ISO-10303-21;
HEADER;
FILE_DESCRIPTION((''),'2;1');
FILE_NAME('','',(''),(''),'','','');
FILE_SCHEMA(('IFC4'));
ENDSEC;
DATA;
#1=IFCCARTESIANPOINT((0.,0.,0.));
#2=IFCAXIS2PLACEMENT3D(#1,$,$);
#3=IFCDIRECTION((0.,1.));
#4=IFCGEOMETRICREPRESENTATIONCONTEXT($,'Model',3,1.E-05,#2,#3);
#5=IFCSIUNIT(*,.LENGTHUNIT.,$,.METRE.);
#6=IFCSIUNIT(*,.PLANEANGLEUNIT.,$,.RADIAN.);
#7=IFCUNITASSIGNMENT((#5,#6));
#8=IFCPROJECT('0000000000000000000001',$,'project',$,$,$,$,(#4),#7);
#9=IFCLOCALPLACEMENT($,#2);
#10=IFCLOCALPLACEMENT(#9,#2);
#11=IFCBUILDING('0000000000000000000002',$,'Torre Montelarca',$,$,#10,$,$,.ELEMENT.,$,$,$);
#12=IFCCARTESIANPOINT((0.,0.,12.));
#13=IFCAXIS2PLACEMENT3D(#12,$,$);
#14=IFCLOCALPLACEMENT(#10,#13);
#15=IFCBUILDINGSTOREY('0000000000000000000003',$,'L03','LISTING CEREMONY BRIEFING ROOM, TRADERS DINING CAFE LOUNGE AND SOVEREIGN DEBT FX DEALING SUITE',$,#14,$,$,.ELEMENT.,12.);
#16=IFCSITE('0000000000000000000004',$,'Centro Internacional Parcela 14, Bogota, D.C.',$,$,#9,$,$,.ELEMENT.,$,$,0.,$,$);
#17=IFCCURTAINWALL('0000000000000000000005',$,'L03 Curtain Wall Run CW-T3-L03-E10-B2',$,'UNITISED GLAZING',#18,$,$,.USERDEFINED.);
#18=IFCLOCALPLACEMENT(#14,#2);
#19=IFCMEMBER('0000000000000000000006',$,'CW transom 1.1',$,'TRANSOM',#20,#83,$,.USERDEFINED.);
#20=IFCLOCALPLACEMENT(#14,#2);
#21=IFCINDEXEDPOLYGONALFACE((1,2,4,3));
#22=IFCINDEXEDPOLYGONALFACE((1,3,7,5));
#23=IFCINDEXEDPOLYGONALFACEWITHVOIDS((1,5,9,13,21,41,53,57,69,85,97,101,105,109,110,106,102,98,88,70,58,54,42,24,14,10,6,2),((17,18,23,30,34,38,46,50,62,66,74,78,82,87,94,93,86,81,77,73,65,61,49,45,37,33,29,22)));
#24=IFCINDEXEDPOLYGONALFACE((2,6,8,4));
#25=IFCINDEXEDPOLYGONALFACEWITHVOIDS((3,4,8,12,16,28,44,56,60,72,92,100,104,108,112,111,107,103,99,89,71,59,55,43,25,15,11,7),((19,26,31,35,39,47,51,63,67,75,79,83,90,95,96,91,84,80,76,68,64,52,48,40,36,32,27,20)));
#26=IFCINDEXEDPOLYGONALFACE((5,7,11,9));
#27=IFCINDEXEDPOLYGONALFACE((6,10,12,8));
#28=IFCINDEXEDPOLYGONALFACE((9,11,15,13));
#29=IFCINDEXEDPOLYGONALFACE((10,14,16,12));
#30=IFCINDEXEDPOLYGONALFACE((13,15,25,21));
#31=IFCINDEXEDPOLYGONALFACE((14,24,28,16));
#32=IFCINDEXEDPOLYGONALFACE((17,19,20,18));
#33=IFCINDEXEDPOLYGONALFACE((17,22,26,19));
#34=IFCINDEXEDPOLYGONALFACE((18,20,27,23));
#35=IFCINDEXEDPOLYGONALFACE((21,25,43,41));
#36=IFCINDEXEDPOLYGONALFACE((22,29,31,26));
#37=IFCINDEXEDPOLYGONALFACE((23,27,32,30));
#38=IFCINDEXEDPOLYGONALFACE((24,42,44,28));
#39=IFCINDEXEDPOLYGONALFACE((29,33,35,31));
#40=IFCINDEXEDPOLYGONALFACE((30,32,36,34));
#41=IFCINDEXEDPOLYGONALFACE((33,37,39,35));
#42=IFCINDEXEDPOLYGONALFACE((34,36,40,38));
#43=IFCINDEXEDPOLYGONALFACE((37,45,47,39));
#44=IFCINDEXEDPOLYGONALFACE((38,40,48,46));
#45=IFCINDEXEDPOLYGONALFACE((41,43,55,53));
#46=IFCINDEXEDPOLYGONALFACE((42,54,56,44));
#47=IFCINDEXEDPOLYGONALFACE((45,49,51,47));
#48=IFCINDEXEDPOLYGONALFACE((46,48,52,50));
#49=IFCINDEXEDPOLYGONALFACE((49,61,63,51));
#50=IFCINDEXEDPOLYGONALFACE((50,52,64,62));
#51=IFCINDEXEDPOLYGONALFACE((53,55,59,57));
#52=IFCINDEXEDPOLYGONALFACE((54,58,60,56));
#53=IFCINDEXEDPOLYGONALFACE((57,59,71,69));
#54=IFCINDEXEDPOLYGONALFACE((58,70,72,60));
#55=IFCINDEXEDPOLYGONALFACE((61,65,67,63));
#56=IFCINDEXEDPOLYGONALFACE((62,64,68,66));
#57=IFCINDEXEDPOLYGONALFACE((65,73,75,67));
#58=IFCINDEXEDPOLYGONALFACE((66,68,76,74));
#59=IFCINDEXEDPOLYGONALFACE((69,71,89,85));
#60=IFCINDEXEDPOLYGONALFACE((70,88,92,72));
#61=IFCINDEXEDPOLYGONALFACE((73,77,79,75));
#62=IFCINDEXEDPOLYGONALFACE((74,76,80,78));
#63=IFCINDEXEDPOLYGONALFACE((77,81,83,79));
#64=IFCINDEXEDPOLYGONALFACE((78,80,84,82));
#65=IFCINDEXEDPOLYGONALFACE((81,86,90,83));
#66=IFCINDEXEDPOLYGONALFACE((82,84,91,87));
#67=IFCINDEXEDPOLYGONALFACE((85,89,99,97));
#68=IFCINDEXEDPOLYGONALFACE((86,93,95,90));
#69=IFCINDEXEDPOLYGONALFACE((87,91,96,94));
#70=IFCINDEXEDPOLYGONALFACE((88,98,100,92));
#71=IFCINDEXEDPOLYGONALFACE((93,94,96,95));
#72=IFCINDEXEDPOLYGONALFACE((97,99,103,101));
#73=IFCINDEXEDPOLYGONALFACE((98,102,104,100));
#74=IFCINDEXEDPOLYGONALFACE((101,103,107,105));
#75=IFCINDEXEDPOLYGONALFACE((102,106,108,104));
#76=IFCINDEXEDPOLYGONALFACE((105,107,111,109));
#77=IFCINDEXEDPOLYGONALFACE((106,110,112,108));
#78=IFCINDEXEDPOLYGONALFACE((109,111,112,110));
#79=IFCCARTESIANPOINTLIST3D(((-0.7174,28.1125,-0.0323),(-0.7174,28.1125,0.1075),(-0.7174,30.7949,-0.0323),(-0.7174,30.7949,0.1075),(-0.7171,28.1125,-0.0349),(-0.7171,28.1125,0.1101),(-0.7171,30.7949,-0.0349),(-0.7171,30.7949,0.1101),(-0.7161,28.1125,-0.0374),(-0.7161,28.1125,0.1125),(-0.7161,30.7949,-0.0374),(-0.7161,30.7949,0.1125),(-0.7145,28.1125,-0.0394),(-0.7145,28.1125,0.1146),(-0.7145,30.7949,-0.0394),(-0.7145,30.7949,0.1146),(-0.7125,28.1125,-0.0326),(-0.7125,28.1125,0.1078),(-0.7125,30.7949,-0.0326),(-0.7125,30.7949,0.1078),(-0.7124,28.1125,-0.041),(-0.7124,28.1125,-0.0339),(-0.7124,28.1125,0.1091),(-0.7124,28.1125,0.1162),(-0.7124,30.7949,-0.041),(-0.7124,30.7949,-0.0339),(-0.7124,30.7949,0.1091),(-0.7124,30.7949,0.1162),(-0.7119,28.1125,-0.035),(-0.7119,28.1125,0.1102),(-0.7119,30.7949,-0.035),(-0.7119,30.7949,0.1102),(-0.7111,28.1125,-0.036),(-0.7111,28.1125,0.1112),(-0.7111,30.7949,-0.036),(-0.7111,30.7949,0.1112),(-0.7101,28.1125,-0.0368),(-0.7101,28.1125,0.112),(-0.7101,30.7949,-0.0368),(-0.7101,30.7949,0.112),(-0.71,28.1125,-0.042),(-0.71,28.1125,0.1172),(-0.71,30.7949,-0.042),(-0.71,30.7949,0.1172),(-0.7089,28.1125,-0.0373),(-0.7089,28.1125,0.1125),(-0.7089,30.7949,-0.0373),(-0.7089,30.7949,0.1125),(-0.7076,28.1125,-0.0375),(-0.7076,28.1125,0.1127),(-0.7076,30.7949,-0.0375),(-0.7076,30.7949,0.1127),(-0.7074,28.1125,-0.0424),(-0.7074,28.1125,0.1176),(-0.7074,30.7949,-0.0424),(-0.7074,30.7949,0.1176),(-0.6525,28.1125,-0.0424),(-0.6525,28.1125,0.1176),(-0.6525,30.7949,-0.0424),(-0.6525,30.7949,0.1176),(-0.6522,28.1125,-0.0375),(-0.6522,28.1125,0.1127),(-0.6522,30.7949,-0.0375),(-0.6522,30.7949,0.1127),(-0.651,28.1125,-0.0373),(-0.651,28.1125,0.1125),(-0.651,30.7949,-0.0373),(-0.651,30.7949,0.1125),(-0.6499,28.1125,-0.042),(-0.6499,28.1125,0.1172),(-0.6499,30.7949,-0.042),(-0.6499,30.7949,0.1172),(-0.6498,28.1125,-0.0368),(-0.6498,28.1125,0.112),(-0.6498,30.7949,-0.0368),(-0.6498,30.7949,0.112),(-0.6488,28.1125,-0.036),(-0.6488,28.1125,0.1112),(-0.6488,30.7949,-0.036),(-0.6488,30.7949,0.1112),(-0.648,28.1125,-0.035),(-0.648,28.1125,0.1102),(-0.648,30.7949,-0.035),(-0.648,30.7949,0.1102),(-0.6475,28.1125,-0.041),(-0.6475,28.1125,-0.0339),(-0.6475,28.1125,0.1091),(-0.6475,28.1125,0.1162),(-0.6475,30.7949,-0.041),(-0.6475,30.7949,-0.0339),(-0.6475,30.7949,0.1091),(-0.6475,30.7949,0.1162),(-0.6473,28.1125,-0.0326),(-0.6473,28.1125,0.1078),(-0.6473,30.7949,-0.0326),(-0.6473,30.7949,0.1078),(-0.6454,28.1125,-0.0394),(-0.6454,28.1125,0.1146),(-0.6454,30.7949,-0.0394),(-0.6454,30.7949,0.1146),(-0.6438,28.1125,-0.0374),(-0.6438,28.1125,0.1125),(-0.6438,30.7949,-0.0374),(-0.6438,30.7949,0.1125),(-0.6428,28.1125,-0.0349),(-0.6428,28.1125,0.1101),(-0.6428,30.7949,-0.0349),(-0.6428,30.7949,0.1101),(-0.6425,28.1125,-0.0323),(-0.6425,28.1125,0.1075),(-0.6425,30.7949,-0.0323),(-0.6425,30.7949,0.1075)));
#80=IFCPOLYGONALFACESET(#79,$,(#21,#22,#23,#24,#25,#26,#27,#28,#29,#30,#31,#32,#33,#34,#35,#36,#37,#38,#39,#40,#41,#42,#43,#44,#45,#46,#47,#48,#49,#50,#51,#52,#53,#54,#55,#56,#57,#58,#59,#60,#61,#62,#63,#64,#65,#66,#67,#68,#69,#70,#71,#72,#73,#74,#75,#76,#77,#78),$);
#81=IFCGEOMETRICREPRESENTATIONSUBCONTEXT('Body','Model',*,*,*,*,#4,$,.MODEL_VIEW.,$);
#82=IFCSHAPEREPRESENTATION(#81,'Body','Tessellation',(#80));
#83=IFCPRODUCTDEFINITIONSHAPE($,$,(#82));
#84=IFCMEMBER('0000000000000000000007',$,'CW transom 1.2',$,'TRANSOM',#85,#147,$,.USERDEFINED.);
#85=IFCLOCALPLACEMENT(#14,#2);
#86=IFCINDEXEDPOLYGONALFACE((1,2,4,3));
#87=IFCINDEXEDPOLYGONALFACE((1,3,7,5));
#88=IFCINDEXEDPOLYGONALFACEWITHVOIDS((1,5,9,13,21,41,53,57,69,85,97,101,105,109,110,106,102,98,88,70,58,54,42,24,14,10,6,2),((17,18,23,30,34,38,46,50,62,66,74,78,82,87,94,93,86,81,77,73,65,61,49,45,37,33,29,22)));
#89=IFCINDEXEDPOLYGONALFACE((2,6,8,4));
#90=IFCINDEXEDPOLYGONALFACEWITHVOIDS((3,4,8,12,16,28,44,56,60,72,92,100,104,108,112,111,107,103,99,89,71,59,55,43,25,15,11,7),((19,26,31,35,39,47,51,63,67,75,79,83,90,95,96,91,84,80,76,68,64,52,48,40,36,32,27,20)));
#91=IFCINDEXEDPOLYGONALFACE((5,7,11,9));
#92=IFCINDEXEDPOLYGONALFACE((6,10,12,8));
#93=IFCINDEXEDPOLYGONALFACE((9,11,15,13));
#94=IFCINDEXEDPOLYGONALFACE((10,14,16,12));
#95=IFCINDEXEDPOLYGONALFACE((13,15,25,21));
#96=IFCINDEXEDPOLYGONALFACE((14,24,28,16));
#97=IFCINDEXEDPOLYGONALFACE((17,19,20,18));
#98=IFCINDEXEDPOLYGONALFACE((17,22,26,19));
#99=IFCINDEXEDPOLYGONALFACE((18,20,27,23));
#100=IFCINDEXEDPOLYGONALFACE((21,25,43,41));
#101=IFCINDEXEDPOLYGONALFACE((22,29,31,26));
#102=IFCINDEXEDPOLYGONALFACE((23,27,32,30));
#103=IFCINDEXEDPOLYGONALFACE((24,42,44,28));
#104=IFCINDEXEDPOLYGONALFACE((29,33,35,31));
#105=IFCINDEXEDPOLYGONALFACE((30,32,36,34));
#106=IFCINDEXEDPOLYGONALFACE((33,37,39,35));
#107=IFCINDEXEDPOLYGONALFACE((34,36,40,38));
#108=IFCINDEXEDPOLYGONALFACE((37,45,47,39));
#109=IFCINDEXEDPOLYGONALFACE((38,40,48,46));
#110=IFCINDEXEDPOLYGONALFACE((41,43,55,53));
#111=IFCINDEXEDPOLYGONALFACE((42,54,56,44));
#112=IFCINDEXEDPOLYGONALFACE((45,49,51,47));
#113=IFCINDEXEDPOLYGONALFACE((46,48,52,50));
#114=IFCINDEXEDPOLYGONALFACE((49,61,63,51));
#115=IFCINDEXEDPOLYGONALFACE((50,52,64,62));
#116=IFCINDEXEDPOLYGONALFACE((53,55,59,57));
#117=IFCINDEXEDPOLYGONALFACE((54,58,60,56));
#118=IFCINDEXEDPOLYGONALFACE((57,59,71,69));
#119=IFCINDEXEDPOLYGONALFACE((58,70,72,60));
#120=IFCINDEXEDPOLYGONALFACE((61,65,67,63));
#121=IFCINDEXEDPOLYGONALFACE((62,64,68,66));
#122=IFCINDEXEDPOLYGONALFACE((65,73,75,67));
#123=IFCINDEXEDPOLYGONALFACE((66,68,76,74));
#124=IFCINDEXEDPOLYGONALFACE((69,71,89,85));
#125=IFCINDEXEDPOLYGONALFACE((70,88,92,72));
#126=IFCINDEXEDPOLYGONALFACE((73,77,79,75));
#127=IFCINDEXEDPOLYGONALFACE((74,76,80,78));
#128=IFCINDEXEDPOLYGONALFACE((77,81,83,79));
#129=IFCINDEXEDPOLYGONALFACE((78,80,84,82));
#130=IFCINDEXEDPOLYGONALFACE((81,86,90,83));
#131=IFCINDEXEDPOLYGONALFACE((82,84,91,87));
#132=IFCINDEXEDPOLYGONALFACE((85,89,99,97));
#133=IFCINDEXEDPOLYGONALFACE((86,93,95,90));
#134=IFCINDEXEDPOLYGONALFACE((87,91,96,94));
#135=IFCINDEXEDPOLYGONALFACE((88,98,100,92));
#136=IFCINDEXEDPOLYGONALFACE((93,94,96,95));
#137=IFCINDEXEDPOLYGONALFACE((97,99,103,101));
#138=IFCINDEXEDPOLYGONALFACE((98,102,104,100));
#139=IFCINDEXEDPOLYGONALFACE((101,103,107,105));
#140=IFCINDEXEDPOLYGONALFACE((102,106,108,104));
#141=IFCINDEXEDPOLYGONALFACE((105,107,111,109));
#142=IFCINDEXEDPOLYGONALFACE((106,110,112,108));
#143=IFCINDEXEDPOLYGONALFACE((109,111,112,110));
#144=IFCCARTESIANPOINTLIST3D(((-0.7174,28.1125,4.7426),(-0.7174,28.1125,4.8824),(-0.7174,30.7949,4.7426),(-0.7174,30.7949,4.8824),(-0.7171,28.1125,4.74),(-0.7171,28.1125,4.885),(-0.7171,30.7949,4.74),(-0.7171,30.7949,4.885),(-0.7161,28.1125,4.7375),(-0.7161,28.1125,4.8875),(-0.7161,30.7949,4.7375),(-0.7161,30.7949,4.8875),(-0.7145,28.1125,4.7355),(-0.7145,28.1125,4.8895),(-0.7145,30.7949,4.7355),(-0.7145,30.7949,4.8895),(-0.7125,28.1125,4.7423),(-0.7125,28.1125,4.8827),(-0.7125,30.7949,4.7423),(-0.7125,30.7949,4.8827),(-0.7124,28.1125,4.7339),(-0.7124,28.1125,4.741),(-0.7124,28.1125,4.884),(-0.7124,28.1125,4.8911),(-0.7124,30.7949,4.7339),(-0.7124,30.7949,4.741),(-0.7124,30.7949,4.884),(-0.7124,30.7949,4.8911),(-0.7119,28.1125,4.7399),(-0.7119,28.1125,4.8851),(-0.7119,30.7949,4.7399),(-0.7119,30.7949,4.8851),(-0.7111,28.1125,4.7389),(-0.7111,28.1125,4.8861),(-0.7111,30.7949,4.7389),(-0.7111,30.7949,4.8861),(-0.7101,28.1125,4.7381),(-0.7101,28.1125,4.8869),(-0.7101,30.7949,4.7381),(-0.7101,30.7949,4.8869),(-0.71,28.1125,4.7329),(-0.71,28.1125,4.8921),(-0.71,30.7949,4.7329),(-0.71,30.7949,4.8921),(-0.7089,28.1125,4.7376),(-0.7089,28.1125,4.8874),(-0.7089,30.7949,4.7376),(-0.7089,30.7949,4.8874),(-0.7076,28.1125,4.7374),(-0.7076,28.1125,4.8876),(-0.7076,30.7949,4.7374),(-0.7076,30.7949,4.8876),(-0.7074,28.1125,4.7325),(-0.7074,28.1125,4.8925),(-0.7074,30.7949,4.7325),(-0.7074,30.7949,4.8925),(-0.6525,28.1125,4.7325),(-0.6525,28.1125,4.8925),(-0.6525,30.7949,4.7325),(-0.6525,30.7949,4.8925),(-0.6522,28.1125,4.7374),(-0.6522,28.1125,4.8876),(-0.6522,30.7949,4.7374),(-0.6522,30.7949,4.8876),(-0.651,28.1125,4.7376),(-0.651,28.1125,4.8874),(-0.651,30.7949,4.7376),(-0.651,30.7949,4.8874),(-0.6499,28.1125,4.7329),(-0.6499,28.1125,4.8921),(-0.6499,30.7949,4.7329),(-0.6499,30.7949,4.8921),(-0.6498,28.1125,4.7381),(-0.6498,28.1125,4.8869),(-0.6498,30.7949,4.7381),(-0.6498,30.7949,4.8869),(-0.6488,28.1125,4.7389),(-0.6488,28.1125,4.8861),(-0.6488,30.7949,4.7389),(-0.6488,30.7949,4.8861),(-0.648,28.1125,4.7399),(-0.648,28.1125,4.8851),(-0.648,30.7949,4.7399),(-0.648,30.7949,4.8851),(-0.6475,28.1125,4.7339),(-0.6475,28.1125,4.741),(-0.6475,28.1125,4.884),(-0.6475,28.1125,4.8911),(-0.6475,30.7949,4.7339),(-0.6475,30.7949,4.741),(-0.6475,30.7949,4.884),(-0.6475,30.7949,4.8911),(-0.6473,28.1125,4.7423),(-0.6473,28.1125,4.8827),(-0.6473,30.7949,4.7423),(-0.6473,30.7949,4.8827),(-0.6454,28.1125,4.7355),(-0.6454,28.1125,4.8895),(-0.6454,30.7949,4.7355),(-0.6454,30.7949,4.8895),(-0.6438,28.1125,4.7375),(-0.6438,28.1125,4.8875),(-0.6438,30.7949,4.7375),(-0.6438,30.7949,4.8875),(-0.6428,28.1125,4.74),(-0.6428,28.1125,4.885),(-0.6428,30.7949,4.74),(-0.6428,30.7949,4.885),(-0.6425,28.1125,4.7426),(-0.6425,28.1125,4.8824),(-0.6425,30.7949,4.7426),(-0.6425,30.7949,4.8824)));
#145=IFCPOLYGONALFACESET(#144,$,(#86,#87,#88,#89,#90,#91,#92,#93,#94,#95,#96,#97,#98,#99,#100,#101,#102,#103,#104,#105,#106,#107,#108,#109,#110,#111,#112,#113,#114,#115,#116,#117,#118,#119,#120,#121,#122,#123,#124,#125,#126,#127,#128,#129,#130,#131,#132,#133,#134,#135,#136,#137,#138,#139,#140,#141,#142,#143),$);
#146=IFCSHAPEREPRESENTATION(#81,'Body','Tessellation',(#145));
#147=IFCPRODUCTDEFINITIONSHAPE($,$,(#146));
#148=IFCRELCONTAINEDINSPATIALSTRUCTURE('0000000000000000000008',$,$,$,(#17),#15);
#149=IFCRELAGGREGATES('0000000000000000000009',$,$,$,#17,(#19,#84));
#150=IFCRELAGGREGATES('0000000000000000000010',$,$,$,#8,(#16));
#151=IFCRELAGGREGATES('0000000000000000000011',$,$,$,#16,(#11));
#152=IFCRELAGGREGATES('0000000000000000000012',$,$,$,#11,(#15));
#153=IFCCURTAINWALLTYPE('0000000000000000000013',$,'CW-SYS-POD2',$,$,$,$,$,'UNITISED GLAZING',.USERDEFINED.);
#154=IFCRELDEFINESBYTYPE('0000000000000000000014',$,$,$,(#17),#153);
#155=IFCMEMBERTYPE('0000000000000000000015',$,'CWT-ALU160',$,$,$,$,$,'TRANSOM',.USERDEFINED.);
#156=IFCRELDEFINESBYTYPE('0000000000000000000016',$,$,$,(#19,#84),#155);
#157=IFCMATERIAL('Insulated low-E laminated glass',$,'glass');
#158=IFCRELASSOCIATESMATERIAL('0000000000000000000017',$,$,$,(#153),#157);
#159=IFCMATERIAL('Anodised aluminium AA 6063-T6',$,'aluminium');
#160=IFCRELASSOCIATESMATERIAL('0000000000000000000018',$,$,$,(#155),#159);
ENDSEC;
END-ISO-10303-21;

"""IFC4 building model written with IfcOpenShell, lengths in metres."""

from ifc_helpers import new_model, si_unit, direction, frame, origin, origin_2d, place, context, subcontext, project, spatial, hollow_rectangle, extrude, source, transform, mapped, material, material_profile, profile_set, type_object, element, aggregate, save


model = new_model("IFC4")

# Units and contexts
model_context = context("Model", 3, precision=1e-05, world=origin(), true_north=direction((0.0, 1.0)))
body_context = subcontext(model_context, "Body", "Model", "MODEL_VIEW")
ifc_project = project(units=[si_unit("LENGTHUNIT", "METRE"), si_unit("PLANEANGLEUNIT", "RADIAN")], contexts=[model_context])

# Site, building, storey
site_placement = place(None, origin())
site = spatial("IfcSite", under=ifc_project, at=site_placement, Name="Centro Internacional Parcela 14, Bogota, D.C.", CompositionType="ELEMENT", RefElevation=0.0)
building_placement = place(site_placement, origin())
building = spatial("IfcBuilding", under=site, at=building_placement, Name="Torre Montelarca", CompositionType="ELEMENT")
storey_placement = place(building_placement, frame((0.0, 0.0, 12.0)))
storey = spatial("IfcBuildingStorey", under=building, at=storey_placement, Name="L03", Description="LISTING CEREMONY BRIEFING ROOM, TRADERS DINING CAFE LOUNGE AND SOVEREIGN DEBT FX DEALING SUITE", CompositionType="ELEMENT", Elevation=12.0)

# Curtain wall, members
ifc_material_1 = material(Name="Insulated low-E laminated glass", Category="glass")
curtain_wall_type = type_object("IfcCurtainWallType", Name="CW-SYS-POD2", ElementType="UNITISED GLAZING", PredefinedType="USERDEFINED", material=ifc_material_1)
ifc_material_2 = material(Name="Anodised aluminium AA 6063-T6", Category="aluminium")
ifc_material_profile_1 = material_profile(ifc_material_2, hollow_rectangle(XDim=0.075, YDim=0.1599, WallThickness=0.0049, InnerFilletRadius=0.0049, OuterFilletRadius=0.01, at=origin_2d()), Name="ALU75X160X5", Category="aluminium")
ifc_profile_set_1 = profile_set([ifc_material_profile_1], Name="Anodised aluminium AA 6063-T6")
member_type_1 = type_object("IfcMemberType", Name="CWT-ALU160", ElementType="TRANSOM", PredefinedType="USERDEFINED", material=ifc_profile_set_1)
curtain_wall_1_placement = place(storey_placement, origin())
curtain_wall_1 = element("IfcCurtainWall", 1, at=curtain_wall_1_placement, inside=storey, type_object=curtain_wall_type, Name="L03 Curtain Wall Run CW-T3-L03-E10-B2", ObjectType="UNITISED GLAZING", PredefinedType="USERDEFINED")
shared_shape_1 = source(origin(), body_context, "Body", "SweptSolid", [
    extrude(hollow_rectangle(XDim=0.075, YDim=0.1599, WallThickness=0.0049, InnerFilletRadius=0.0049, OuterFilletRadius=0.01, at=origin_2d()), origin(), (0.0, 0.0, 1.0), 2.6824),
])
member_1_placement = place(storey_placement, frame((-0.6799, 30.7949, 0.0376), z_axis=(0.0, -1.0, 0.0), x_axis=(1.0, 0.0, 0.0)))
member_1 = element("IfcMember", 2, at=member_1_placement, type_object=member_type_1, Name="CW transom 1.1", ObjectType="TRANSOM", PredefinedType="USERDEFINED", context=body_context, shape_type="MappedRepresentation", body=[
    mapped(shared_shape_1, transform((0.0, 0.0, 0.0), scale=1.0)),
])
member_2_placement = place(storey_placement, frame((-0.6799, 30.7949, 4.8125), z_axis=(0.0, -1.0, 0.0), x_axis=(1.0, 0.0, 0.0)))
member_2 = element("IfcMember", 3, at=member_2_placement, type_object=member_type_1, Name="CW transom 1.2", ObjectType="TRANSOM", PredefinedType="USERDEFINED", context=body_context, shape_type="MappedRepresentation", body=[
    mapped(shared_shape_1, transform((0.0, 0.0, 0.0), scale=1.0)),
])

aggregate(curtain_wall_1, [member_1, member_2])

save(model, "model.ifc")
